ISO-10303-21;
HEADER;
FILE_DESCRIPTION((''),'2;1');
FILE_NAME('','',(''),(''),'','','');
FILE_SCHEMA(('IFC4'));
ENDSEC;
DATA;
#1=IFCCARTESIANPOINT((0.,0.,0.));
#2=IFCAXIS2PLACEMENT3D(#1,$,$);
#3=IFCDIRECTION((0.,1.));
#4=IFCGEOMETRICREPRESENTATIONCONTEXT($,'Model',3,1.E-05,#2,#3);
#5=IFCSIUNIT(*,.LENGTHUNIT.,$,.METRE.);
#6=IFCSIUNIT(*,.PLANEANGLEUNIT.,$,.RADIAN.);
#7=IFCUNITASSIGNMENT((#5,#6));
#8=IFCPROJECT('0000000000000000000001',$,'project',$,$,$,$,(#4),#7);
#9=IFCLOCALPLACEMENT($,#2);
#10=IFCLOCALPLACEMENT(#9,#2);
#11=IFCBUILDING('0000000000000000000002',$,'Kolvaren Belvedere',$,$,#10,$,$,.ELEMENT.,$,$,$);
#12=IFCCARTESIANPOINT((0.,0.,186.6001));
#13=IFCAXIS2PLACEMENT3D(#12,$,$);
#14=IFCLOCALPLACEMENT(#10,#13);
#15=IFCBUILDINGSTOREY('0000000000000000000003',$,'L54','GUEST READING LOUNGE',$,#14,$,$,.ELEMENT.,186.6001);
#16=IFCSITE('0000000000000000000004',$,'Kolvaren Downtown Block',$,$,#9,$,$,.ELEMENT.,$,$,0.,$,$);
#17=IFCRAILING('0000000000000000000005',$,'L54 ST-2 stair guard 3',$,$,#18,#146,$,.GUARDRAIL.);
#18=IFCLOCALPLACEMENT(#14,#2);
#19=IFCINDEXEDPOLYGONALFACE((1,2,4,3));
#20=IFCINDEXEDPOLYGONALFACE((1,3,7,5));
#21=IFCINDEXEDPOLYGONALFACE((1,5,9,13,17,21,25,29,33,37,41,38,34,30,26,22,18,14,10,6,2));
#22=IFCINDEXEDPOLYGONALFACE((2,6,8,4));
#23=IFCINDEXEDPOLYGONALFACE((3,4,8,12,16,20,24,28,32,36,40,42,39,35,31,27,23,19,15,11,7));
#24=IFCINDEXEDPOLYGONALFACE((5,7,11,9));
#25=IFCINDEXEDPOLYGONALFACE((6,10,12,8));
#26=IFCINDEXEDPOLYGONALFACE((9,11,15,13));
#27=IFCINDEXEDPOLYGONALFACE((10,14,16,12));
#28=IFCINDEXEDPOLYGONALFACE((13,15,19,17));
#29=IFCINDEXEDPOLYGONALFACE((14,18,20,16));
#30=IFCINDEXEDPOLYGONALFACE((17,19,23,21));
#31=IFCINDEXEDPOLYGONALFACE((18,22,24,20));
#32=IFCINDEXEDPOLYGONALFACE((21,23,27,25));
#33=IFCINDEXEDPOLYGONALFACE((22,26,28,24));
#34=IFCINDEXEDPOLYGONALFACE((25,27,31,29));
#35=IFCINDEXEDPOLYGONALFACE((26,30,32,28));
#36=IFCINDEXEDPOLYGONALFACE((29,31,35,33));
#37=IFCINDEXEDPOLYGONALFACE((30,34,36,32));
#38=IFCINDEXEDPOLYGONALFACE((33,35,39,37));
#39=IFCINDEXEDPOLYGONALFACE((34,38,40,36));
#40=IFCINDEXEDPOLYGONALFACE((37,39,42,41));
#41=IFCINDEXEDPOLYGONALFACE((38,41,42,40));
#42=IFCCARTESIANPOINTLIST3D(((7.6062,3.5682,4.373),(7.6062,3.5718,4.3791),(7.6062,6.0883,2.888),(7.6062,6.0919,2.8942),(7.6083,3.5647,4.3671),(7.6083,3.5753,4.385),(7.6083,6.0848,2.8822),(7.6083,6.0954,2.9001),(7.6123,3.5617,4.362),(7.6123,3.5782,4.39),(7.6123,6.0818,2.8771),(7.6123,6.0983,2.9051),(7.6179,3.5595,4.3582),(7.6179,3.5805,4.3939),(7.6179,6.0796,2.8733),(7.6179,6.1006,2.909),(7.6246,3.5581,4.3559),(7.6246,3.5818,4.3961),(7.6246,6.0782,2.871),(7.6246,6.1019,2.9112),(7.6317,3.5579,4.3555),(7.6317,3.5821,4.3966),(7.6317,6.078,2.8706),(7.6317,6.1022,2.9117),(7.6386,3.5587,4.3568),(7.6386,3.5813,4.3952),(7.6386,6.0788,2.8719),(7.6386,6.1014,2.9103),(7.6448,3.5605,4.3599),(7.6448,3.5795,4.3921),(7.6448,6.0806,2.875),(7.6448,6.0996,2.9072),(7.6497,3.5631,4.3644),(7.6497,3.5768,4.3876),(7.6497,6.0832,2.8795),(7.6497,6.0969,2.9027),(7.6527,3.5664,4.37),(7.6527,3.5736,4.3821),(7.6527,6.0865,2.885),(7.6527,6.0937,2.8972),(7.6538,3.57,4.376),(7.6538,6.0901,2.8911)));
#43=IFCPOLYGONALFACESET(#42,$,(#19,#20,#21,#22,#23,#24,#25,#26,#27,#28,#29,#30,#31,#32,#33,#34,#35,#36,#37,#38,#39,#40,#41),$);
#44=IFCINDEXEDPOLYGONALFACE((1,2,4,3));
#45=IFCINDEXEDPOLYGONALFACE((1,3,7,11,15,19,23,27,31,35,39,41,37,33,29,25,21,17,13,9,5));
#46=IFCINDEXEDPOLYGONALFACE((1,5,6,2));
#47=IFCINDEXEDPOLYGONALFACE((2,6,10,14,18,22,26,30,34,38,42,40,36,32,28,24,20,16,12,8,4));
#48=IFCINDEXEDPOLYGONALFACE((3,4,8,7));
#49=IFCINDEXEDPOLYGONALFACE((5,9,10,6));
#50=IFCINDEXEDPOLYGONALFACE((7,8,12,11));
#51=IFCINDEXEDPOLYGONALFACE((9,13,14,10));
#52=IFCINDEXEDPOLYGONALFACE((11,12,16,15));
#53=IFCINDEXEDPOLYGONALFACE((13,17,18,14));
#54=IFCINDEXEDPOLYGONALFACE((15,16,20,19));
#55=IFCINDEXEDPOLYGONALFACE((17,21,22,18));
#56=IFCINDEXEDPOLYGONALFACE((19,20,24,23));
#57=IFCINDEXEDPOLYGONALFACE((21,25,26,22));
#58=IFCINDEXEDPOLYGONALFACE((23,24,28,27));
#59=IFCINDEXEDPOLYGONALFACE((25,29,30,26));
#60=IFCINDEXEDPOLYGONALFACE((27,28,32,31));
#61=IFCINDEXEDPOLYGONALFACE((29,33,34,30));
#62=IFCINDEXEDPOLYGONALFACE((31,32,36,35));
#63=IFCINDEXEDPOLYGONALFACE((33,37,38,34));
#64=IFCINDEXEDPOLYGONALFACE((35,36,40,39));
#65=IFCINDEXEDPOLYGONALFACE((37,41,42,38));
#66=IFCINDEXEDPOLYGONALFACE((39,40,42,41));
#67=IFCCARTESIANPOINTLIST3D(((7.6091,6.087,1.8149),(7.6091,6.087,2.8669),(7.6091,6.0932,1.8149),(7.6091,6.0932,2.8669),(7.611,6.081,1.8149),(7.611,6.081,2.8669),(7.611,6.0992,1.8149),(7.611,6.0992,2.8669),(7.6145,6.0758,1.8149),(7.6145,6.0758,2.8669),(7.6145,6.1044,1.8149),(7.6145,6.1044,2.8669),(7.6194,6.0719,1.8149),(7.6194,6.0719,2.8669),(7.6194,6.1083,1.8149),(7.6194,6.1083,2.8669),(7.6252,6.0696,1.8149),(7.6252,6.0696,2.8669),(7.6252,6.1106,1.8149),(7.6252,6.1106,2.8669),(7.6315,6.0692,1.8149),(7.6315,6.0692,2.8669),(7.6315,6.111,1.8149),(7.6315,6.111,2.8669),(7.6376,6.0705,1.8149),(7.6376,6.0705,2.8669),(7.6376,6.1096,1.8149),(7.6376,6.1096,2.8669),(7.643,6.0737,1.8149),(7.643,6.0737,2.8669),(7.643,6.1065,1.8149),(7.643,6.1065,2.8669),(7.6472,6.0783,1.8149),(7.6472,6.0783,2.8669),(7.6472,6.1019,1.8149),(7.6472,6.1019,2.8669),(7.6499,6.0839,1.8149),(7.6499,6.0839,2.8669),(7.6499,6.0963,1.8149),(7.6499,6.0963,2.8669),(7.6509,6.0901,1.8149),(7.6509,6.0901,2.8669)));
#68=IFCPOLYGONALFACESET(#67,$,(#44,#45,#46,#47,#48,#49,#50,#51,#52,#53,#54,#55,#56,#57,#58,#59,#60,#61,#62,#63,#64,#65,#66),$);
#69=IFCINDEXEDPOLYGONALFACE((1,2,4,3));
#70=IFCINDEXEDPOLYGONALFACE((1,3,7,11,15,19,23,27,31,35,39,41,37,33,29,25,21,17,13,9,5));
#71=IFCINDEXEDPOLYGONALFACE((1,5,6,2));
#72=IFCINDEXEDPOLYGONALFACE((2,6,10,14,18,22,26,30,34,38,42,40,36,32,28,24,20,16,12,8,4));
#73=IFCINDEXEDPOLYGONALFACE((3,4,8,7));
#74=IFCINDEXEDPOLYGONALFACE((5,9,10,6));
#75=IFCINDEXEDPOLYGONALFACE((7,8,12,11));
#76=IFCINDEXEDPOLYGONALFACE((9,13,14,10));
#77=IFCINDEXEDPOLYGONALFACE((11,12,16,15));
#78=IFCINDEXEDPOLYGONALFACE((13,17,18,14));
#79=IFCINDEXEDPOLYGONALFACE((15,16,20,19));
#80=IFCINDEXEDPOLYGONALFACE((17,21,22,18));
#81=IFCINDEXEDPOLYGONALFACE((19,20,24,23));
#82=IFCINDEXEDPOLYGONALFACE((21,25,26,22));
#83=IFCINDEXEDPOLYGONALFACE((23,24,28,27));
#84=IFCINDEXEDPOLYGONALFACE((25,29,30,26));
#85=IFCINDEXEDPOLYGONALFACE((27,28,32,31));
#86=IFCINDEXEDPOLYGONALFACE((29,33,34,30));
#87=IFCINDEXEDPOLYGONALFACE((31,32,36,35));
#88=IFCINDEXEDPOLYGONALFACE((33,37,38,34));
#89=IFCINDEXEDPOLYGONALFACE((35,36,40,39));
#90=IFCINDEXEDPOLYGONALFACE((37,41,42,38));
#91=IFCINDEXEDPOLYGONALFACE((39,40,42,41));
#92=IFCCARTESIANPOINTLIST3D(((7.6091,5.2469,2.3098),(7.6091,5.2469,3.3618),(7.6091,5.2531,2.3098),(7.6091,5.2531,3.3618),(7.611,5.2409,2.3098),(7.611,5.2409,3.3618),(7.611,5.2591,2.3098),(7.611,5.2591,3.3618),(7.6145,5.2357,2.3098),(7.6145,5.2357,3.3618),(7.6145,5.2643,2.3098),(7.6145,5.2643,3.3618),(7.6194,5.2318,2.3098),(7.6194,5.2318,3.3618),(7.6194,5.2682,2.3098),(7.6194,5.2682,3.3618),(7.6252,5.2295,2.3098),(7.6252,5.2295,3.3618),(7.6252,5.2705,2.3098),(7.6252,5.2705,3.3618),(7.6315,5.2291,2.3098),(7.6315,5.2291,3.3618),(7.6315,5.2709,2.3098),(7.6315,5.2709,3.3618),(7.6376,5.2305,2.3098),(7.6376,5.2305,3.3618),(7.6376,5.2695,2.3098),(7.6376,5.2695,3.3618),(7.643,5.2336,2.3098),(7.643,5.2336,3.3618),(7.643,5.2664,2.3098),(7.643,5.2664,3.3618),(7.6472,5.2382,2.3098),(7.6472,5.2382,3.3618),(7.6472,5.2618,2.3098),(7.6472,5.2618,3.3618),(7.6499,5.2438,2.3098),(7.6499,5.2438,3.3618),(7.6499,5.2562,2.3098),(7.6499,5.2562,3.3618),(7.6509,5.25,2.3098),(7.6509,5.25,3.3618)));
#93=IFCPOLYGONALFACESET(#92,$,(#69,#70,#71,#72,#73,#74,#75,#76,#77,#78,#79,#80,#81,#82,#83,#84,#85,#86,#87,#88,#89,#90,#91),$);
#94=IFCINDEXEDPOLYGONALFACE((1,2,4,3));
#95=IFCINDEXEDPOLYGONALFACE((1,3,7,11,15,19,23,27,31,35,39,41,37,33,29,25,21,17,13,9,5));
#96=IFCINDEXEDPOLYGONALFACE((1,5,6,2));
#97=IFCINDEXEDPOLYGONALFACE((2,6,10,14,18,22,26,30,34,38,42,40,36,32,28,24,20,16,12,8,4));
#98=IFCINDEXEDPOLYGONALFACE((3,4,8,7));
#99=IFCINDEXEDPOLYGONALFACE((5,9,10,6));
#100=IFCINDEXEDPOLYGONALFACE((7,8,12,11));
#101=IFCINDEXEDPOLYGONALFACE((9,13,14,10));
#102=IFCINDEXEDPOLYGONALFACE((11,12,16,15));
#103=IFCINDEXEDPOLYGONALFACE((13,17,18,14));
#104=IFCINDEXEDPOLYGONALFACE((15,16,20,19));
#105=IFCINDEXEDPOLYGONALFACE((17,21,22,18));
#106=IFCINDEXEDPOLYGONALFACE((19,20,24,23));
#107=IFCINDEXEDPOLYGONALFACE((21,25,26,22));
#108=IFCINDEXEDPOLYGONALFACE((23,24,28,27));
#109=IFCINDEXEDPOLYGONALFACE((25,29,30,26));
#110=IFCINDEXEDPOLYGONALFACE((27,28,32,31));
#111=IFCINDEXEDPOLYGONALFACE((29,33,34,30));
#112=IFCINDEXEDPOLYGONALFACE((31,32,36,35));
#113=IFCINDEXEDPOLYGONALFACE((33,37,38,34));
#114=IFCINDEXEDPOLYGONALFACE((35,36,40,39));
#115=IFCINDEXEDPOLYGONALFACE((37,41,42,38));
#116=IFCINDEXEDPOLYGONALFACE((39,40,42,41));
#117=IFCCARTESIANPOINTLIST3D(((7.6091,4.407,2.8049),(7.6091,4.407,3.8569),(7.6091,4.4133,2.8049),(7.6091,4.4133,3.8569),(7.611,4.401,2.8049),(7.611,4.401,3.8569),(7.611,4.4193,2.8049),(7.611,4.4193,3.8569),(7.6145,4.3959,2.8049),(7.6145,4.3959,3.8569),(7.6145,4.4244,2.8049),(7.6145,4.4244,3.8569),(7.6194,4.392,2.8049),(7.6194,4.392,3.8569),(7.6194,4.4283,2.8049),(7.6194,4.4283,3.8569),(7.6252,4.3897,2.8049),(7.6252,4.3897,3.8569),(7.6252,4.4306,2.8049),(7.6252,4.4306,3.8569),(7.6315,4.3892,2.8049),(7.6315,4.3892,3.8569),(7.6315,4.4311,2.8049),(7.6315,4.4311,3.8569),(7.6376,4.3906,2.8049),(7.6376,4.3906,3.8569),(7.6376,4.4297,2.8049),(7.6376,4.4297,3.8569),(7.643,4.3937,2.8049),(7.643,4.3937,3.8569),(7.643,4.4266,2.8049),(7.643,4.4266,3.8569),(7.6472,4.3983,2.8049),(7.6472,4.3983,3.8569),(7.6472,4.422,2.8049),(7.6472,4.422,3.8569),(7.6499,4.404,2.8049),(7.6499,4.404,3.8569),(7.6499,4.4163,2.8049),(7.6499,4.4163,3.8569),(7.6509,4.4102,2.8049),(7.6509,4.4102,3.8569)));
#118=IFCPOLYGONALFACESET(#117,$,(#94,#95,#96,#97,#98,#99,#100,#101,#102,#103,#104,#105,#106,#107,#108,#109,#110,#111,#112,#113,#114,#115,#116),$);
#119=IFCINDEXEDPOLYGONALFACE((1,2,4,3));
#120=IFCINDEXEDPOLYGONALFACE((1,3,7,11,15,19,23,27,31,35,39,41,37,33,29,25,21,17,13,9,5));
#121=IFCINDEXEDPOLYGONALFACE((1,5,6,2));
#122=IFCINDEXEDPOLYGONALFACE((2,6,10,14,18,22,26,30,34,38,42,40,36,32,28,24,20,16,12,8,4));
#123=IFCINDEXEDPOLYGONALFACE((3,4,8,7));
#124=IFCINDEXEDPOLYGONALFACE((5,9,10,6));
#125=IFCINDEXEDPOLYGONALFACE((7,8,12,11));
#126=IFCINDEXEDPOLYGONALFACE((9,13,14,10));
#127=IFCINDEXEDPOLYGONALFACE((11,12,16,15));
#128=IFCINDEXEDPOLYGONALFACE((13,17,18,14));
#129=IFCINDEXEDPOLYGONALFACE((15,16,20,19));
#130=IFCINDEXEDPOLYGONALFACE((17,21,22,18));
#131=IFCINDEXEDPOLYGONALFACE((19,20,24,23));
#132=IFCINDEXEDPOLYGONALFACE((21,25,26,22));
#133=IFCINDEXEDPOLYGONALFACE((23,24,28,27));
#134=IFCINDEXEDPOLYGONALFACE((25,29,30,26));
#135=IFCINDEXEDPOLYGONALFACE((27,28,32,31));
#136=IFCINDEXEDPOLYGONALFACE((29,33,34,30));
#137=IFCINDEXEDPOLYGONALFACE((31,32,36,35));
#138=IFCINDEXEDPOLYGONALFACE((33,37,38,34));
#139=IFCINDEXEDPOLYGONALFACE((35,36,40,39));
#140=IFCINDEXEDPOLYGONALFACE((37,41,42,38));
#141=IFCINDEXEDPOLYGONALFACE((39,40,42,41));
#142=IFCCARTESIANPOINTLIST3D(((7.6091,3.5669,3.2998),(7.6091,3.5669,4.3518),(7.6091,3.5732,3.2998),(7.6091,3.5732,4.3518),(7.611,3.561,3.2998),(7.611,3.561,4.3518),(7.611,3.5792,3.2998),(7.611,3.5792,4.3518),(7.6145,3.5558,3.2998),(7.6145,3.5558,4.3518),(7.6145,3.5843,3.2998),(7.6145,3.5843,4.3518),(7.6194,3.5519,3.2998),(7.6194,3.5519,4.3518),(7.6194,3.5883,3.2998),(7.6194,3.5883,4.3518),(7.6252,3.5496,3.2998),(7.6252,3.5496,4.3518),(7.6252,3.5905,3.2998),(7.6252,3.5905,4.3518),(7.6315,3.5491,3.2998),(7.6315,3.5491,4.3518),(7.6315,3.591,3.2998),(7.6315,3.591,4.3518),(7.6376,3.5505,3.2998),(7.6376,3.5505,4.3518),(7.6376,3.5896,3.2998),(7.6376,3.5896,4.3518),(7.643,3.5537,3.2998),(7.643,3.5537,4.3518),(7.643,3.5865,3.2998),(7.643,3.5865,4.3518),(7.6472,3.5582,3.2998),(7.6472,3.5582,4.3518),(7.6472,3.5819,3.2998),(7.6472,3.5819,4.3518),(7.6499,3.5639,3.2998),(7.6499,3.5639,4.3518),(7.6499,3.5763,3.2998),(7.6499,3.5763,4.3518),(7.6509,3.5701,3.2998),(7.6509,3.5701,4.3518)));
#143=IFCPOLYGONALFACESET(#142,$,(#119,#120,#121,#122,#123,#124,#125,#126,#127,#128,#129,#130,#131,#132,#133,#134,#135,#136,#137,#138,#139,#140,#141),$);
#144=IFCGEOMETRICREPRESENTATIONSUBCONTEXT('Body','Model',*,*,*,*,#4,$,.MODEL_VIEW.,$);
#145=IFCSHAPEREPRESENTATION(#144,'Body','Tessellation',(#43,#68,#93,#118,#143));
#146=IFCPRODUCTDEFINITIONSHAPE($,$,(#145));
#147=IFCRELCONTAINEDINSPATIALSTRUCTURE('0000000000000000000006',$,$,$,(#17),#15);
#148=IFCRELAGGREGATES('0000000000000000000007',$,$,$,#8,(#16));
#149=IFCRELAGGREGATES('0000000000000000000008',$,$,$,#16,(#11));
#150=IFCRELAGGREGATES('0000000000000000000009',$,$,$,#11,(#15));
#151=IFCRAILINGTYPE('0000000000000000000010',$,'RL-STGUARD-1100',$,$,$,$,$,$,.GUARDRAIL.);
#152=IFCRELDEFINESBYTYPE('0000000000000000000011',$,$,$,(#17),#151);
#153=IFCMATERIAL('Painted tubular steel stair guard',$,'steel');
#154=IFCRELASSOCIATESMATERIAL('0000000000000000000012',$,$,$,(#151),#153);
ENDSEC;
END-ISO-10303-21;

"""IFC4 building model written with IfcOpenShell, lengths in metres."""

from ifc_helpers import new_model, si_unit, direction, frame, origin, origin_2d, place, context, subcontext, project, spatial, circle, extrude, material, type_object, element, save


model = new_model("IFC4")

# Units and contexts
model_context = context("Model", 3, precision=1e-05, world=origin(), true_north=direction((0.0, 1.0)))
body_context = subcontext(model_context, "Body", "Model", "MODEL_VIEW")
ifc_project = project(units=[si_unit("LENGTHUNIT", "METRE"), si_unit("PLANEANGLEUNIT", "RADIAN")], contexts=[model_context])

# Site, building, storey
site_placement = place(None, origin())
site = spatial("IfcSite", under=ifc_project, at=site_placement, Name="Kolvaren Downtown Block", CompositionType="ELEMENT", RefElevation=0.0)
building_placement = place(site_placement, origin())
building = spatial("IfcBuilding", under=site, at=building_placement, Name="Kolvaren Belvedere", CompositionType="ELEMENT")
storey_placement = place(building_placement, frame((0.0, 0.0, 186.6001)))
storey = spatial("IfcBuildingStorey", under=building, at=storey_placement, Name="L54", Description="GUEST READING LOUNGE", CompositionType="ELEMENT", Elevation=186.6001)

# Railing
ifc_material_1 = material(Name="Painted tubular steel stair guard", Category="steel")
railing_type_1 = type_object("IfcRailingType", Name="RL-STGUARD-1100", PredefinedType="GUARDRAIL", material=ifc_material_1)
railing_1_placement = place(storey_placement, frame((7.6299, 6.0901, 1.8149)))
element("IfcRailing", 1, at=railing_1_placement, inside=storey, type_object=railing_type_1, Name="L54 ST-2 stair guard 3", PredefinedType="GUARDRAIL", context=body_context, shape_type="SweptSolid", body=[
    extrude(circle(Radius=0.0239, at=origin_2d()), frame((0.0, 0.0, 1.0762), z_axis=(0.0, -0.861561, 0.507655), x_axis=(1.0, 0.0, 0.0)), (0.0, 0.0, 1.0), 2.925),
    extrude(circle(Radius=0.021, at=origin_2d()), origin(), (0.0, 0.0, 1.0), 1.052),
    extrude(circle(Radius=0.021, at=origin_2d()), frame((0.0, -0.8401, 0.4949)), (0.0, 0.0, 1.0), 1.052),
    extrude(circle(Radius=0.021, at=origin_2d()), frame((0.0, -1.6799, 0.99)), (0.0, 0.0, 1.0), 1.052),
    extrude(circle(Radius=0.021, at=origin_2d()), frame((0.0, -2.52, 1.4849)), (0.0, 0.0, 1.0), 1.052),
])

save(model, "model.ifc")
